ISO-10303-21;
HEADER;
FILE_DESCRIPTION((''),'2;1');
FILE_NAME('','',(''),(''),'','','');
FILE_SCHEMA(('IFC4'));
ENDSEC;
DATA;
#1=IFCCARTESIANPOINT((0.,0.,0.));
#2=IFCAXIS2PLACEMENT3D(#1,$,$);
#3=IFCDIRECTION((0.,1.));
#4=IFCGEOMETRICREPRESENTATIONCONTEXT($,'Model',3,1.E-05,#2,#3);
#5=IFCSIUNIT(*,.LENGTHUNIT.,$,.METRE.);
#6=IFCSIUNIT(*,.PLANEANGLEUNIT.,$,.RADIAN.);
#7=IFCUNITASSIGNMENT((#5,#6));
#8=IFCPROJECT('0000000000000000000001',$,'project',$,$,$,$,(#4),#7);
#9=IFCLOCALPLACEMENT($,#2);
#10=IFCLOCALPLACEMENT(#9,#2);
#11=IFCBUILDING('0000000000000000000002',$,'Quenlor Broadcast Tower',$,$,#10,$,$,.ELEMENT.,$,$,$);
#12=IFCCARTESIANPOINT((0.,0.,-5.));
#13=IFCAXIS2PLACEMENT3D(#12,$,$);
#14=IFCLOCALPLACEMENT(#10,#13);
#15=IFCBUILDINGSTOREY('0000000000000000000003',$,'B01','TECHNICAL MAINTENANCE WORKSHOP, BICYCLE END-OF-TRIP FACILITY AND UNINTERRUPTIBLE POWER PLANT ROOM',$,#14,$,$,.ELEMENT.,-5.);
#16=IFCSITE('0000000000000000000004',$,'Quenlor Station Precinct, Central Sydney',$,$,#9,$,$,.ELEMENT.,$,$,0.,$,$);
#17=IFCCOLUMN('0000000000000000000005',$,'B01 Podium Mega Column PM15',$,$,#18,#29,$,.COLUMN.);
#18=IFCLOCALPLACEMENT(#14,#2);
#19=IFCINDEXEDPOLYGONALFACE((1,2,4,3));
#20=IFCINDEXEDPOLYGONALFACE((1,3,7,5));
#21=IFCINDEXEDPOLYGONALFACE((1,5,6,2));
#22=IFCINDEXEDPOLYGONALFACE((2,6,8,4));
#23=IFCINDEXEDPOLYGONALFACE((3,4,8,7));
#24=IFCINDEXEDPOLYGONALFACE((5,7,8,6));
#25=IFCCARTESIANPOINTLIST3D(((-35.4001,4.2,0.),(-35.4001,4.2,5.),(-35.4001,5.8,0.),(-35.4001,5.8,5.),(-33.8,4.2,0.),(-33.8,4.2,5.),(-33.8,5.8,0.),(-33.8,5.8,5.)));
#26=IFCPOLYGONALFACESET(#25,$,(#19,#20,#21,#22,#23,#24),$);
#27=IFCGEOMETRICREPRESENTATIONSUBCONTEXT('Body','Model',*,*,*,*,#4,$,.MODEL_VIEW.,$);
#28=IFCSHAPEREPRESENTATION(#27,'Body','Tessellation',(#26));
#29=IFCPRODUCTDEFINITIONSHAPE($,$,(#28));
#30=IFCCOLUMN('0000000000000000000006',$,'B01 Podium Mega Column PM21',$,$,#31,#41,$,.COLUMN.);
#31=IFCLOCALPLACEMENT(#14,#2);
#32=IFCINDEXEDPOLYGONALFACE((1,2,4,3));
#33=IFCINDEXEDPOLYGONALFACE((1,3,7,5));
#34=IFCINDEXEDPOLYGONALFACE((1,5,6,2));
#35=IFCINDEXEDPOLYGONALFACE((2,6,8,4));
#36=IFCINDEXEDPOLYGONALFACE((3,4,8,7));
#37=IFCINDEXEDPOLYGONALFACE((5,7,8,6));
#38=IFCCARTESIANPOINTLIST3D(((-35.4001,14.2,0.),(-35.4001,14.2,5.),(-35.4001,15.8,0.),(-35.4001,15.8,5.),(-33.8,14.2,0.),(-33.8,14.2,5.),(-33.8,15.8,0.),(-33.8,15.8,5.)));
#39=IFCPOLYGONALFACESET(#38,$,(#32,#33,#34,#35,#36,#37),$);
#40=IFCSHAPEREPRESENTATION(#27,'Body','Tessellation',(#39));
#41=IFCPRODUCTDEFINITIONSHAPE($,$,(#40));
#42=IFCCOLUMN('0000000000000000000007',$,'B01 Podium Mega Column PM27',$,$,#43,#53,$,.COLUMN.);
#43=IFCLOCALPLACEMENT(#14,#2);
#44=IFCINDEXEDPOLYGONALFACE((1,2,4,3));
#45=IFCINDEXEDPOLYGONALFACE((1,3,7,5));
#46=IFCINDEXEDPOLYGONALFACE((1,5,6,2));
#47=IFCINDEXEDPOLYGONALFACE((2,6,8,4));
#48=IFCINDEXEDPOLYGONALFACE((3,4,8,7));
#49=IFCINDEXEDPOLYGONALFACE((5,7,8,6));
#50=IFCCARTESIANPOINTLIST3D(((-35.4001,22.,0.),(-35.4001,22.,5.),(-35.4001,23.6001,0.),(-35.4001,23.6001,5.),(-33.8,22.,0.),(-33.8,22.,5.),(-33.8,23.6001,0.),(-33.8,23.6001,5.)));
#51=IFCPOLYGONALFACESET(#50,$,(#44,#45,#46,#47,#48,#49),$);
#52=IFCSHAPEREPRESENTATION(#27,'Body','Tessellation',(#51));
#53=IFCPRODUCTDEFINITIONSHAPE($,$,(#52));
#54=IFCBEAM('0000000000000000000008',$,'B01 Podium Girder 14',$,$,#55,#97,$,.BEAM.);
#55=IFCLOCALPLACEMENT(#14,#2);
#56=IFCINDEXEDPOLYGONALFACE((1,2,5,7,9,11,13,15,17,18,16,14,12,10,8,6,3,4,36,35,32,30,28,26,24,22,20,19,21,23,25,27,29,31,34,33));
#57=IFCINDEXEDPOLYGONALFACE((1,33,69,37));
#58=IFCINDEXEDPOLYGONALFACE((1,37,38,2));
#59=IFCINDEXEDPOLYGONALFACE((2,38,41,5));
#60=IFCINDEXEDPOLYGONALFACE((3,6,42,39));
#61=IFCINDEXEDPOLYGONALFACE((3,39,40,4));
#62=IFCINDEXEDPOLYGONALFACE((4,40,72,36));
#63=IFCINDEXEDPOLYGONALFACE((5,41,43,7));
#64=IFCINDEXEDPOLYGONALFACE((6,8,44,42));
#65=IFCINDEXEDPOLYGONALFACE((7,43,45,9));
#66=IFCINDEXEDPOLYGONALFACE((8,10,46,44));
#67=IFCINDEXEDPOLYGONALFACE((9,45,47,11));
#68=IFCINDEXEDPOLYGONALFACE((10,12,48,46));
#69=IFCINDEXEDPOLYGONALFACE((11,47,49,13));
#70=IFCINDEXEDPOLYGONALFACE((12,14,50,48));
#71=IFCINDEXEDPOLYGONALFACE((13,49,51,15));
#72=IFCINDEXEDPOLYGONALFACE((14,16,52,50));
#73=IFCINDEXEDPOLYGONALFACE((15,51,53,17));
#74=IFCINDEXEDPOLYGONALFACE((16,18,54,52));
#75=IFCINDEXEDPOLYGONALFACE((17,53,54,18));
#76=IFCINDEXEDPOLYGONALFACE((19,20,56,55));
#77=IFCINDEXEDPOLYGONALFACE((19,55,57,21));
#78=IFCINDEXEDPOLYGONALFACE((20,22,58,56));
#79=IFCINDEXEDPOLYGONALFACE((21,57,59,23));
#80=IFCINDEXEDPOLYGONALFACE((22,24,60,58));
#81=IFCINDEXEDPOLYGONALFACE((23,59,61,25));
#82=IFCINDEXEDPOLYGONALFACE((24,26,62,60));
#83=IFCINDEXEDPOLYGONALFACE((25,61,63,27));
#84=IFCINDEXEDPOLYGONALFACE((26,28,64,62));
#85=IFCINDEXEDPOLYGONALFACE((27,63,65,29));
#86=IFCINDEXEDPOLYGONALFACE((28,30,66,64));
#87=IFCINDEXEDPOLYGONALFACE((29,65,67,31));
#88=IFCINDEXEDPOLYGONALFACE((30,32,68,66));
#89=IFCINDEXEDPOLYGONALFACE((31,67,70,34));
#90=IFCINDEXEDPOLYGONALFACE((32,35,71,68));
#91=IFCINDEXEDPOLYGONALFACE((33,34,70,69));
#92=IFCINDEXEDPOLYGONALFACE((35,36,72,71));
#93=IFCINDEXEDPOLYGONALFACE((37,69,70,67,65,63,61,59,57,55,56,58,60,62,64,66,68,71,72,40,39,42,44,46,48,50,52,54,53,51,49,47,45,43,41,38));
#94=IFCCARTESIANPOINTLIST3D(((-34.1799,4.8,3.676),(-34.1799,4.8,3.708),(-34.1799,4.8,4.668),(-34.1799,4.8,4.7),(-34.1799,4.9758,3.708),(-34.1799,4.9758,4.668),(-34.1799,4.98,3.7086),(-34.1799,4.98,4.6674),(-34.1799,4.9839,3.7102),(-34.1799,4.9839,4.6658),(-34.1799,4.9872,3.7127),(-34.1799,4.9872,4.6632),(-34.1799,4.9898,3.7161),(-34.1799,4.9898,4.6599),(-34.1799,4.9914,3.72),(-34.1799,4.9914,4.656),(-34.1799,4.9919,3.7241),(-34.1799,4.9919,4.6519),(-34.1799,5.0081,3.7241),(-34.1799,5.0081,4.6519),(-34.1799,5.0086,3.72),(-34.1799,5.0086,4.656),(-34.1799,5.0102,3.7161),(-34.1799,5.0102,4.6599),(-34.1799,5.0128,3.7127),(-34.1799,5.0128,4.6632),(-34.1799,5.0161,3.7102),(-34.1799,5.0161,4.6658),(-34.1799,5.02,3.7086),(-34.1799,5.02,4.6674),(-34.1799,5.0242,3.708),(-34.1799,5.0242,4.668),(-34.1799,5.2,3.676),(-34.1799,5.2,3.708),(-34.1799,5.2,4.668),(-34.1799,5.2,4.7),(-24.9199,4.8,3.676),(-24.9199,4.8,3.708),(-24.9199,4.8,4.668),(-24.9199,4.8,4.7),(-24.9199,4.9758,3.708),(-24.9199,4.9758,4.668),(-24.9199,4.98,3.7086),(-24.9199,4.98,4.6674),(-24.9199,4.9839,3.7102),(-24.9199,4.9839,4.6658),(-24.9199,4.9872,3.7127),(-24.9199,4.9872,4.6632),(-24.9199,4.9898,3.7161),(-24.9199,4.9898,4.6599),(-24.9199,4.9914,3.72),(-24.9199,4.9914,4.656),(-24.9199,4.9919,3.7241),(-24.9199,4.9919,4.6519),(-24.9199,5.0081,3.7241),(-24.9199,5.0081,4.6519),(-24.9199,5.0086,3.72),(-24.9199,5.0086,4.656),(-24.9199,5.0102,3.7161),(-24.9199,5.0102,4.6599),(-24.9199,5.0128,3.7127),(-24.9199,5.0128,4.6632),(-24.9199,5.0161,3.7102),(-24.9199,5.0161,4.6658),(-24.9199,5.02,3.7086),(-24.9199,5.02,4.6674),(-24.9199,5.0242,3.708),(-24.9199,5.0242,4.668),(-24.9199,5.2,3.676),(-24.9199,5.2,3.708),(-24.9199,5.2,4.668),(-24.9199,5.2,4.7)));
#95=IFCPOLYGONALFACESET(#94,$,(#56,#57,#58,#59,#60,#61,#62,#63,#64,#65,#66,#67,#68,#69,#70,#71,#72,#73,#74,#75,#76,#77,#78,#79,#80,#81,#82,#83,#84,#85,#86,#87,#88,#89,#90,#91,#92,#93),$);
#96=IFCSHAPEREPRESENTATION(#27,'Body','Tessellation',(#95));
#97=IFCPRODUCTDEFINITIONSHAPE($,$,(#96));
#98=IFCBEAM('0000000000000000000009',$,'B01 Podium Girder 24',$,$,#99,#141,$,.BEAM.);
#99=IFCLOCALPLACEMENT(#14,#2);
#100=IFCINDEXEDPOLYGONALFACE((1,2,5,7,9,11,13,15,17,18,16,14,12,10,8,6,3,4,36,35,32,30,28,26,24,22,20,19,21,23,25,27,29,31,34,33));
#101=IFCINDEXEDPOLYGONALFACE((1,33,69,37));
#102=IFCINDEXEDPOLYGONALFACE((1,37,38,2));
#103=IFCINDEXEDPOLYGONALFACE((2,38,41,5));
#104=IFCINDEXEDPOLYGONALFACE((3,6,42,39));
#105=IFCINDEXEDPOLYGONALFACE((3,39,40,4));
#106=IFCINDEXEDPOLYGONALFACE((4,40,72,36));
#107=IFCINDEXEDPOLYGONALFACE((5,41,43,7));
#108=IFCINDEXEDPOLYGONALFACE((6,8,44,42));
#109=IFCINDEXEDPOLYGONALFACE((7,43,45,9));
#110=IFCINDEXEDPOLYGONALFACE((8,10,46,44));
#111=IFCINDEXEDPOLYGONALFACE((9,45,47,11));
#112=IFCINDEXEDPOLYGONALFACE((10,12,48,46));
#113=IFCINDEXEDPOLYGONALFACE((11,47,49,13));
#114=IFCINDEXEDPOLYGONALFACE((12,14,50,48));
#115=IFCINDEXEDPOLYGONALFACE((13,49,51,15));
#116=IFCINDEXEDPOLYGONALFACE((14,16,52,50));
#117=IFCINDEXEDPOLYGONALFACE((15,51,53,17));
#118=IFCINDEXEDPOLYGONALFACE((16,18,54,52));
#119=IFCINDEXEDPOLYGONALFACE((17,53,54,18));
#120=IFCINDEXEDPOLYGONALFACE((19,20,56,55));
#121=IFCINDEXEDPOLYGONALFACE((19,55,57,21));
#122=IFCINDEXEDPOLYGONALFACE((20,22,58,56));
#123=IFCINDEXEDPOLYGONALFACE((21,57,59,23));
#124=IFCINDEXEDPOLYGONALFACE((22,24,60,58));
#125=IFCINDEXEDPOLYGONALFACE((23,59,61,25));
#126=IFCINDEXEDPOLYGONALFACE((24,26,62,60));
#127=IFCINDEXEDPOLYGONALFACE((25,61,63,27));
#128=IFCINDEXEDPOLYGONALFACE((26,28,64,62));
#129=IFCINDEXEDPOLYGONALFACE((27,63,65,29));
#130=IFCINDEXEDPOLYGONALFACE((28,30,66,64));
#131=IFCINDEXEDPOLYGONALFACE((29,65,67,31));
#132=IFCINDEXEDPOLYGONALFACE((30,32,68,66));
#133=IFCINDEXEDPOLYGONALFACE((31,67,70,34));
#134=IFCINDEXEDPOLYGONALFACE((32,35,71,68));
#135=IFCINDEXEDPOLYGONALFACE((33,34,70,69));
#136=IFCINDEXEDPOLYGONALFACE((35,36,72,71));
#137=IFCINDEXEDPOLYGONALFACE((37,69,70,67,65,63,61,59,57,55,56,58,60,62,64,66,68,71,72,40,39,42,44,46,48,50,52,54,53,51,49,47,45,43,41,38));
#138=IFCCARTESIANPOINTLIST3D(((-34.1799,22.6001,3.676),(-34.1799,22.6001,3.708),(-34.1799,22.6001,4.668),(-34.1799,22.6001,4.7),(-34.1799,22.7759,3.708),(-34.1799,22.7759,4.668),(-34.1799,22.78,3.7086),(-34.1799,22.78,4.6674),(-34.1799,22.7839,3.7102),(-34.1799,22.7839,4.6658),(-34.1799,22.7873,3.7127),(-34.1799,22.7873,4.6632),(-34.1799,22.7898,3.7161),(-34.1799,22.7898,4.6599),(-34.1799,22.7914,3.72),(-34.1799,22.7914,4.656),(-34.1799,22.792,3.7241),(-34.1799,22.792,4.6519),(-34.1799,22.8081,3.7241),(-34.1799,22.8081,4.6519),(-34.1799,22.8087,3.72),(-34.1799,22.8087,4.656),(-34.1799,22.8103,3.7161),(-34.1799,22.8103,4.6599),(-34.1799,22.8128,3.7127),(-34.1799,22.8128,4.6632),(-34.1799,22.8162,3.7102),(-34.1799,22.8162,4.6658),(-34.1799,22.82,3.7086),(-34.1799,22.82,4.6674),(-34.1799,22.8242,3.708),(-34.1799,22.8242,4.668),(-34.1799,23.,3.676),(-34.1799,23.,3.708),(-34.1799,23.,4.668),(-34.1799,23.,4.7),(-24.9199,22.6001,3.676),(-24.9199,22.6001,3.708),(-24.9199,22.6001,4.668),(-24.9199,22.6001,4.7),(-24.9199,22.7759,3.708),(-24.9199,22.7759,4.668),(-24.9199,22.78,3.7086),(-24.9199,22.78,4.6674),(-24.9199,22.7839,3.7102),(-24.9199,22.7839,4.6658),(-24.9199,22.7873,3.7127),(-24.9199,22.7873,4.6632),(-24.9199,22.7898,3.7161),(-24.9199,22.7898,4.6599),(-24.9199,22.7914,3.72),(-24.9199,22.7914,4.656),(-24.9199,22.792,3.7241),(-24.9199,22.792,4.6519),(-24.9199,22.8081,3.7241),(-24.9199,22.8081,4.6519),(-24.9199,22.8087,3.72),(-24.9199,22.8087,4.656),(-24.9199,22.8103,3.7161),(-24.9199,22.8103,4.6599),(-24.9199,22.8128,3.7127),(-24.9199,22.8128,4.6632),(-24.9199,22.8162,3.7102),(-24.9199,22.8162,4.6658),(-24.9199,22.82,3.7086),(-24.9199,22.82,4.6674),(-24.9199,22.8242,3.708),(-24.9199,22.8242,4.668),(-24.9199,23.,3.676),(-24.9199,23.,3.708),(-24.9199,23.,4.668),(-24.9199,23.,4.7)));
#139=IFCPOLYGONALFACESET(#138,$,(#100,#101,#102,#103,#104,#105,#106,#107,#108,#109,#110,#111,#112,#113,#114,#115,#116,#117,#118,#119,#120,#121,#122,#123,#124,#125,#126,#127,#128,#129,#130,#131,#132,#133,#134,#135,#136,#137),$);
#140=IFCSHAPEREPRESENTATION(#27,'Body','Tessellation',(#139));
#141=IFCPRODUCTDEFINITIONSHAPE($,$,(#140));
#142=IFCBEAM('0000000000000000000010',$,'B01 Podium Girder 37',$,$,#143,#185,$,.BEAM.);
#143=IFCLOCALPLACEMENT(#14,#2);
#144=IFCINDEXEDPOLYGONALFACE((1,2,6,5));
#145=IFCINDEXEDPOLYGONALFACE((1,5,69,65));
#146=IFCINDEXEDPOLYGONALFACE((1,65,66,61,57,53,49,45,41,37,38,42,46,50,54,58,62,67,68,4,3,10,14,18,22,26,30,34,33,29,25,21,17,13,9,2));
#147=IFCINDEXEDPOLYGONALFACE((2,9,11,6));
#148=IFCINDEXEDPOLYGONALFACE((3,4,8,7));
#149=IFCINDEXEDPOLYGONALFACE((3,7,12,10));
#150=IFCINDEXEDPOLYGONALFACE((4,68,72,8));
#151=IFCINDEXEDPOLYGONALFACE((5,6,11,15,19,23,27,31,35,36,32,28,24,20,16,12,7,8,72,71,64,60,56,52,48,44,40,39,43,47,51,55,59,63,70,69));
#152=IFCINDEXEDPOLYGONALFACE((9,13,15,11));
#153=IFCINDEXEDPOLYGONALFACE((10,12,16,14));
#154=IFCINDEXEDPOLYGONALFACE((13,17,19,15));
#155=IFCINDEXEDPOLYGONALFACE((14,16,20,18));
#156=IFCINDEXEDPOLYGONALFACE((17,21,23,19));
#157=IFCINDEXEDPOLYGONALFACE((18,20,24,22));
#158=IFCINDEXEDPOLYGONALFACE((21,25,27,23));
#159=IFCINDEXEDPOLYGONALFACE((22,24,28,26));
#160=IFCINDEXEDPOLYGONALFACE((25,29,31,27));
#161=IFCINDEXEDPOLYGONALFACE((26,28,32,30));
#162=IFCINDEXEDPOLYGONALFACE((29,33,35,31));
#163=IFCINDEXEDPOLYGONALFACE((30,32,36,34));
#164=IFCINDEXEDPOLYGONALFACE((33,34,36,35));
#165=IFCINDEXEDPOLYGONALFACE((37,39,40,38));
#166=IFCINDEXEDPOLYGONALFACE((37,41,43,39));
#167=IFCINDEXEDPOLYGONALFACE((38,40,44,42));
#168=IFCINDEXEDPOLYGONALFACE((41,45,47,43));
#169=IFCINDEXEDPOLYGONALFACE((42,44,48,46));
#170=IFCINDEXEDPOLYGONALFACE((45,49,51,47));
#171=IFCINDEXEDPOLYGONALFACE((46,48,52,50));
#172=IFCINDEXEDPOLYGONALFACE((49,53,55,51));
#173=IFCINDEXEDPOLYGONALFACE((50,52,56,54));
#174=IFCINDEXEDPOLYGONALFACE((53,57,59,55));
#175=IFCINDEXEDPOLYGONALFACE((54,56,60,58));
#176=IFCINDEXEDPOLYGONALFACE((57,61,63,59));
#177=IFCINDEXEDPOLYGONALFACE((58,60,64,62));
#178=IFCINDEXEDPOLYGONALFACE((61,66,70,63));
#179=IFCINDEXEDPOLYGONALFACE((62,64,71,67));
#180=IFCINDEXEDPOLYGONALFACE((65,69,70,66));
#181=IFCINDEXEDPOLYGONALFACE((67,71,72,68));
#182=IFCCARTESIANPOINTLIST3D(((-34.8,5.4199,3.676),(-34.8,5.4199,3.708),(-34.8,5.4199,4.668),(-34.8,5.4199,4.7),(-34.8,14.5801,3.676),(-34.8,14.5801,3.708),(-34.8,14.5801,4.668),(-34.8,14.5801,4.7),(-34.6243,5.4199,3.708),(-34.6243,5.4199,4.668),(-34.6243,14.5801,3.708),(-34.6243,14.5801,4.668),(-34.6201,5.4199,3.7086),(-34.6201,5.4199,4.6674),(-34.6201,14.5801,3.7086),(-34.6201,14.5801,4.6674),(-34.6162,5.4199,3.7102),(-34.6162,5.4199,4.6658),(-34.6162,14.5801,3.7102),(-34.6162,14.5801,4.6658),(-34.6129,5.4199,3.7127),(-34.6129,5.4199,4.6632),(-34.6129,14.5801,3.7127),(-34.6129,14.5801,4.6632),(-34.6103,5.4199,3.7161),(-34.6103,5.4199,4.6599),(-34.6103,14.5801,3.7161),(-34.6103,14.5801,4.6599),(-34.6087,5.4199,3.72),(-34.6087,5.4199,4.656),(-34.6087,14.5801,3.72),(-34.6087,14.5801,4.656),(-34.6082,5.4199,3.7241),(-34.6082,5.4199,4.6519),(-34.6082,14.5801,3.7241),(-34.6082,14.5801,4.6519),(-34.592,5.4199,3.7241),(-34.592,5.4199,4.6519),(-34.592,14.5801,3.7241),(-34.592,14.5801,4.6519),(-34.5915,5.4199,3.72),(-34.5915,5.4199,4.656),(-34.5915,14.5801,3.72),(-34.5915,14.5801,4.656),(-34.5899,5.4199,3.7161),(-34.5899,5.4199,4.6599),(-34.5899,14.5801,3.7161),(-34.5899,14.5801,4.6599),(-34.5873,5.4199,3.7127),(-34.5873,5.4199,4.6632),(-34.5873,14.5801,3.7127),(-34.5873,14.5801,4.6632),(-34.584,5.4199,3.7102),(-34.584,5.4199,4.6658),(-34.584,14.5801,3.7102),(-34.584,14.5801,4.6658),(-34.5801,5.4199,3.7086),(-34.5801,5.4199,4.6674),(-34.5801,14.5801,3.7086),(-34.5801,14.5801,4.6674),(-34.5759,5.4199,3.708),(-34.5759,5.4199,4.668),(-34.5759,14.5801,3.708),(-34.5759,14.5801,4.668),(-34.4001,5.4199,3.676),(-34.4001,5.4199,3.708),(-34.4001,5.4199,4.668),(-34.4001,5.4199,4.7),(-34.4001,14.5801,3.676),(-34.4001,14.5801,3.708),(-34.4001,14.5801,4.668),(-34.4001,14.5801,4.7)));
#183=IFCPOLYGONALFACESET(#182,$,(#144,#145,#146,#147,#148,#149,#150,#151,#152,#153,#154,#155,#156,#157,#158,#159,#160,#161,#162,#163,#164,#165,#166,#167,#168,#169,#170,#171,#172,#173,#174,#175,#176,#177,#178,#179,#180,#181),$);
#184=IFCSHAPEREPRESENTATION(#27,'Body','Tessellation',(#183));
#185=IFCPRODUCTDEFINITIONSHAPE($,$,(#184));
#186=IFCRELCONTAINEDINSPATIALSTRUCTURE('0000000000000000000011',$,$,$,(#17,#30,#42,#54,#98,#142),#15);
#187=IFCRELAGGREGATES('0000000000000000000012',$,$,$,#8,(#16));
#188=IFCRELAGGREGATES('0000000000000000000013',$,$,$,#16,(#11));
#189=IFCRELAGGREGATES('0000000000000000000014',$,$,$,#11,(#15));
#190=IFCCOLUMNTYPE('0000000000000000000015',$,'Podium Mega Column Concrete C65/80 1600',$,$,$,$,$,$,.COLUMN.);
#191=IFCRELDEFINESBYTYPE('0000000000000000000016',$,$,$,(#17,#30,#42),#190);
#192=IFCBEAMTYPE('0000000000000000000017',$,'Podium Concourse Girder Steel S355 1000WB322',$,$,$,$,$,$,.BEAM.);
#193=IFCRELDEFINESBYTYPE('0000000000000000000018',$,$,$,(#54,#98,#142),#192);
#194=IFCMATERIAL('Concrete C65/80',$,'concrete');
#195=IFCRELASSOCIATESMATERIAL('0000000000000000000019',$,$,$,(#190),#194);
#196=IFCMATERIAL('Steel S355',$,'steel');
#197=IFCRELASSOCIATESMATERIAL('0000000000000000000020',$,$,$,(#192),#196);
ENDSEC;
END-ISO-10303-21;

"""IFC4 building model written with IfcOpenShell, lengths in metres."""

from ifc_helpers import new_model, si_unit, direction, frame, origin, origin_2d, place, context, subcontext, project, spatial, rectangle, i_section, extrude, material, material_profile, profile_set, type_object, element, save


model = new_model("IFC4")

# Units and contexts
model_context = context("Model", 3, precision=1e-05, world=origin(), true_north=direction((0.0, 1.0)))
body_context = subcontext(model_context, "Body", "Model", "MODEL_VIEW")
ifc_project = project(units=[si_unit("LENGTHUNIT", "METRE"), si_unit("PLANEANGLEUNIT", "RADIAN")], contexts=[model_context])

# Site, building, storey
site_placement = place(None, origin())
site = spatial("IfcSite", under=ifc_project, at=site_placement, Name="Quenlor Station Precinct, Central Sydney", CompositionType="ELEMENT", RefElevation=0.0)
building_placement = place(site_placement, origin())
building = spatial("IfcBuilding", under=site, at=building_placement, Name="Quenlor Broadcast Tower", CompositionType="ELEMENT")
storey_placement = place(building_placement, frame((0.0, 0.0, -5.0)))
storey = spatial("IfcBuildingStorey", under=building, at=storey_placement, Name="B01", Description="TECHNICAL MAINTENANCE WORKSHOP, BICYCLE END-OF-TRIP FACILITY AND UNINTERRUPTIBLE POWER PLANT ROOM", CompositionType="ELEMENT", Elevation=-5.0)

# Columns
ifc_material_1 = material(Name="Concrete C65/80", Category="concrete")
ifc_material_profile_1 = material_profile(ifc_material_1, rectangle(XDim=1.6001, YDim=1.6001, at=origin_2d()))
ifc_profile_set_1 = profile_set([ifc_material_profile_1], Name="Concrete C65/80 RC1600x1600")
column_type = type_object("IfcColumnType", Name="Podium Mega Column Concrete C65/80 1600", PredefinedType="COLUMN", material=ifc_profile_set_1)
for number, where, z_axis, x_axis, name in (
    (1, (-34.6001, 5.0, 0.0), (0.0, 0.0, 1.0), (1.0, 0.0, 0.0), "B01 Podium Mega Column PM15"),
    (2, (-34.6001, 15.0, 0.0), (0.0, 0.0, 1.0), (1.0, 0.0, 0.0), "B01 Podium Mega Column PM21"),
    (3, (-34.6001, 22.8, 0.0), (0.0, 0.0, 1.0), (1.0, 0.0, 0.0), "B01 Podium Mega Column PM27"),
):
    element("IfcColumn", number, at=place(storey_placement, frame(where, z_axis=z_axis, x_axis=x_axis)), inside=storey, type_object=column_type, Name=name, PredefinedType="COLUMN", context=body_context, shape_type="SweptSolid", body=[
        extrude(rectangle(XDim=1.6001, YDim=1.6001, at=origin_2d()), origin(), (0.0, 0.0, 1.0), 5.0),
    ])

# Beams
ifc_material_2 = material(Name="Steel S355", Category="steel")
ifc_material_profile_2 = material_profile(ifc_material_2, i_section(OverallWidth=0.3999, OverallDepth=1.0239, WebThickness=0.0161, FlangeThickness=0.032, FilletRadius=0.0161, at=origin_2d()))
ifc_profile_set_2 = profile_set([ifc_material_profile_2], Name="Steel S355 1000WB322")
beam_type_1 = type_object("IfcBeamType", Name="Podium Concourse Girder Steel S355 1000WB322", PredefinedType="BEAM", material=ifc_profile_set_2)
for number, where, z_axis, x_axis, name in (
    (4, (-34.1799, 5.0, 4.188), (1.0, 0.0, 0.0), (0.0, 1.0, 0.0), "B01 Podium Girder 14"),
    (5, (-34.1799, 22.8, 4.188), (1.0, 0.0, 0.0), (0.0, 1.0, 0.0), "B01 Podium Girder 24"),
):
    element("IfcBeam", number, at=place(storey_placement, frame(where, z_axis=z_axis, x_axis=x_axis)), inside=storey, type_object=beam_type_1, Name=name, PredefinedType="BEAM", context=body_context, shape_type="SweptSolid", body=[
        extrude(i_section(OverallWidth=0.3999, OverallDepth=1.0239, WebThickness=0.0161, FlangeThickness=0.032, FilletRadius=0.0161, at=origin_2d()), origin(), (0.0, 0.0, 1.0), 9.26),
    ])
beam_1_placement = place(storey_placement, frame((-34.6001, 5.4199, 4.188), z_axis=(0.0, 1.0, 0.0), x_axis=(-1.0, 0.0, 0.0)))
element("IfcBeam", 6, at=beam_1_placement, inside=storey, type_object=beam_type_1, Name="B01 Podium Girder 37", PredefinedType="BEAM", context=body_context, shape_type="SweptSolid", body=[
    extrude(i_section(OverallWidth=0.3999, OverallDepth=1.0239, WebThickness=0.0161, FlangeThickness=0.032, FilletRadius=0.0161, at=origin_2d()), origin(), (0.0, 0.0, 1.0), 9.1602),
])

save(model, "model.ifc")
